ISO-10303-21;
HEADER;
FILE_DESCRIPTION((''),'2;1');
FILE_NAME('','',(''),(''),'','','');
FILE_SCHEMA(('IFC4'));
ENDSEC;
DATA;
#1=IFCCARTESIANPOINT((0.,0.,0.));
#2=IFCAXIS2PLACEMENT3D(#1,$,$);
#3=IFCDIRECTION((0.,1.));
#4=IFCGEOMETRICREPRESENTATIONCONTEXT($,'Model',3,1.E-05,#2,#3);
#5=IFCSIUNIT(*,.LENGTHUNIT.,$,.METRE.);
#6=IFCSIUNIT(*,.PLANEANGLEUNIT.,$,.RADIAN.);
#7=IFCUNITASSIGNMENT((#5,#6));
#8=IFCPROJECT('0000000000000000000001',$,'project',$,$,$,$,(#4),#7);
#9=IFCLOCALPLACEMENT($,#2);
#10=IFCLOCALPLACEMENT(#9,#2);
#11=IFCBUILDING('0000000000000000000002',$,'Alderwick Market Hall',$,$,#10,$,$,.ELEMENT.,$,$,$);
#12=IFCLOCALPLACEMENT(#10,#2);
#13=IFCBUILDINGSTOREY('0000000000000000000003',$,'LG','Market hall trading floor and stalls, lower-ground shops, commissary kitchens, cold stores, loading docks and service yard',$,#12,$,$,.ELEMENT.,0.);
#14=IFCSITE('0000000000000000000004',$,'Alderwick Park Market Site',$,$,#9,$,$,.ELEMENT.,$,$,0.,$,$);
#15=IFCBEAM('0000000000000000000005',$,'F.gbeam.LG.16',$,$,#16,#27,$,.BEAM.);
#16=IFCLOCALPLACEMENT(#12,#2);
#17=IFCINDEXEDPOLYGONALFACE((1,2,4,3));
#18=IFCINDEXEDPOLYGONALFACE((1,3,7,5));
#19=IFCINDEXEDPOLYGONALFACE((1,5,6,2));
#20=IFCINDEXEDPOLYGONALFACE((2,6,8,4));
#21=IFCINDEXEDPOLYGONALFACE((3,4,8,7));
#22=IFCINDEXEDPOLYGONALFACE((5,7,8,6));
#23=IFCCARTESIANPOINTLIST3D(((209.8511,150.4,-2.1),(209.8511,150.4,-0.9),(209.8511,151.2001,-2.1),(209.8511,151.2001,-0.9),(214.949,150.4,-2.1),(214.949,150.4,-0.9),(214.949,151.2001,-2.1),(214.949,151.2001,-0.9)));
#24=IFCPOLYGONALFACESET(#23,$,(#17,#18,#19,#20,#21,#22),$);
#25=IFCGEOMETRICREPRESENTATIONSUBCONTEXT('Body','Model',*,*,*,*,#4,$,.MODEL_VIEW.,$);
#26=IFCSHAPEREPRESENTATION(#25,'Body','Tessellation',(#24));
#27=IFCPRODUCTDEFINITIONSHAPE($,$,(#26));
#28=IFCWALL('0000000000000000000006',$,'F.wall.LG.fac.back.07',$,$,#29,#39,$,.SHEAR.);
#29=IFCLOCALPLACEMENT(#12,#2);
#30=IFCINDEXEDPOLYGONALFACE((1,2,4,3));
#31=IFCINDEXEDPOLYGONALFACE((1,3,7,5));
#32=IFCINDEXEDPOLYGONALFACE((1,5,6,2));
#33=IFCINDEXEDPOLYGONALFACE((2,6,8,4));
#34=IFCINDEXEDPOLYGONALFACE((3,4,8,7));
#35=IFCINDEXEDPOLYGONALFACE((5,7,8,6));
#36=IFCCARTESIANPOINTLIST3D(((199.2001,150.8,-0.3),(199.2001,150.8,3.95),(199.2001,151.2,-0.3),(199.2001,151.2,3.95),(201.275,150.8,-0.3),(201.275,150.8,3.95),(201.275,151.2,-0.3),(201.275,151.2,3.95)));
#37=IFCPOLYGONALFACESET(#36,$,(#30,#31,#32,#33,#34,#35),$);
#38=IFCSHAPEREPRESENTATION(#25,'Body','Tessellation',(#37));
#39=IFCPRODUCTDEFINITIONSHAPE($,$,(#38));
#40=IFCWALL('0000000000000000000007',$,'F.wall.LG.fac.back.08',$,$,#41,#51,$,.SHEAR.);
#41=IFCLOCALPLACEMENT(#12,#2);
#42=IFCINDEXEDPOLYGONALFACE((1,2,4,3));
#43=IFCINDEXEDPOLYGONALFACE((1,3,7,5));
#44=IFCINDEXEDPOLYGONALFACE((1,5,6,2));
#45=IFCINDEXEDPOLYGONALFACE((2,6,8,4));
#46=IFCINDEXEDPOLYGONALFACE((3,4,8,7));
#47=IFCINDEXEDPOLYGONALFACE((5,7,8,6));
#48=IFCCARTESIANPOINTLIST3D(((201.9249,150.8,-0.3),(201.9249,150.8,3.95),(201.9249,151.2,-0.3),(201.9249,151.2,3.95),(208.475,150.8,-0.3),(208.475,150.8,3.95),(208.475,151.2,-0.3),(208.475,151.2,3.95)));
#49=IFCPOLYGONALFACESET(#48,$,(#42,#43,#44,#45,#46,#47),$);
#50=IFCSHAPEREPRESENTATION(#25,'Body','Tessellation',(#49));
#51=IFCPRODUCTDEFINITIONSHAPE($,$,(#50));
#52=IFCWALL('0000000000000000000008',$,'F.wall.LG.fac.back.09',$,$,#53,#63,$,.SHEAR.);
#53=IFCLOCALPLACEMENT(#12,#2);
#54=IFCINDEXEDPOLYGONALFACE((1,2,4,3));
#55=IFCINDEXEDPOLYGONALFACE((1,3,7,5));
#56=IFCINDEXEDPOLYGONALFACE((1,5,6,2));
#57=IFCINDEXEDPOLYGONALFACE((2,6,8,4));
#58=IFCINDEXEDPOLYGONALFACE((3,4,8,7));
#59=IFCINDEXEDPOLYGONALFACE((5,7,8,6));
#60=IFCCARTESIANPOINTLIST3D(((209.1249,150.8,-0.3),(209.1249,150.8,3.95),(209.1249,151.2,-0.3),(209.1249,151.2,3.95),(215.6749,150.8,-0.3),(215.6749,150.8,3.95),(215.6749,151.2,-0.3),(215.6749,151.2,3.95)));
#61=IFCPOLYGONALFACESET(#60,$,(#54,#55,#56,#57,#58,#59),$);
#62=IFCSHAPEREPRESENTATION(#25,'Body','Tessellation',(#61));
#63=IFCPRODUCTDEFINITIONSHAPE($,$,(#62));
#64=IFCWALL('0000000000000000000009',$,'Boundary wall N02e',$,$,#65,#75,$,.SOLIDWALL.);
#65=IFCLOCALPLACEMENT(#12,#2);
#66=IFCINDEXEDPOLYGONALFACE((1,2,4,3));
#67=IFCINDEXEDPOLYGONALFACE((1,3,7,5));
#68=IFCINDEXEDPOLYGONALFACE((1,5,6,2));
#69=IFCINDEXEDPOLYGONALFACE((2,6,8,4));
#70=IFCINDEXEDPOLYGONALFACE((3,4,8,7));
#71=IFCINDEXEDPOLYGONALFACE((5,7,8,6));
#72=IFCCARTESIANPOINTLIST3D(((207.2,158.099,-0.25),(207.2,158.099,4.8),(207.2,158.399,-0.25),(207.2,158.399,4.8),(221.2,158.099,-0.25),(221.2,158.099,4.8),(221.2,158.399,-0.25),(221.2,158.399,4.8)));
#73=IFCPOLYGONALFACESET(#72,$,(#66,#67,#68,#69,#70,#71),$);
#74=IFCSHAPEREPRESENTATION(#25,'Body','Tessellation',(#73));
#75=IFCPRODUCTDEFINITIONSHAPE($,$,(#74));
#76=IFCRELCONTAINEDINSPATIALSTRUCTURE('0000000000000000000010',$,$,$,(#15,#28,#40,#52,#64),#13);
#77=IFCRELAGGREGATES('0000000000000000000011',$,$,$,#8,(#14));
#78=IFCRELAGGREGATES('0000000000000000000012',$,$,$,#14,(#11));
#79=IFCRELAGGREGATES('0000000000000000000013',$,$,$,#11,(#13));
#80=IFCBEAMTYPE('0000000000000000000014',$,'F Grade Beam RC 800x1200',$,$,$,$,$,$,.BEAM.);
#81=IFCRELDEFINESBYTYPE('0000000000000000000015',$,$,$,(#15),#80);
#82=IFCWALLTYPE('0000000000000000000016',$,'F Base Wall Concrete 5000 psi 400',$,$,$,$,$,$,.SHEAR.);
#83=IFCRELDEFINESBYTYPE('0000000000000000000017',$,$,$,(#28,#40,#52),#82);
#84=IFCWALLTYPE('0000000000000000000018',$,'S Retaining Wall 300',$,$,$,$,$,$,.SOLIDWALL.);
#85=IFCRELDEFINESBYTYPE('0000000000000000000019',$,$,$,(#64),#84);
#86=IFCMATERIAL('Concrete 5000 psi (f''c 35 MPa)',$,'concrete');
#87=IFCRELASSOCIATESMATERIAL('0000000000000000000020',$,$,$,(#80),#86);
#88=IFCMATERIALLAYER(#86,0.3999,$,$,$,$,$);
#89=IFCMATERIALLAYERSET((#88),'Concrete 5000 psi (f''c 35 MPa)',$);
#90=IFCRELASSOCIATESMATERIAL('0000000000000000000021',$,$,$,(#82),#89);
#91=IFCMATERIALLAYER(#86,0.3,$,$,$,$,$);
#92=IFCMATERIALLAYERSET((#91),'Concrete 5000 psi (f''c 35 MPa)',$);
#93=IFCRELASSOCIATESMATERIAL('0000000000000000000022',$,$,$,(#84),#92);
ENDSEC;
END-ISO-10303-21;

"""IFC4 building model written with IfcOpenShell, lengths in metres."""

from ifc_helpers import new_model, si_unit, direction, frame, frame_2d, origin, origin_2d, place, context, subcontext, project, spatial, rectangle, extrude, material, layer, layer_set, material_profile, profile_set, type_object, element, save


model = new_model("IFC4")

# Units and contexts
model_context = context("Model", 3, precision=1e-05, world=origin(), true_north=direction((0.0, 1.0)))
body_context = subcontext(model_context, "Body", "Model", "MODEL_VIEW")
ifc_project = project(units=[si_unit("LENGTHUNIT", "METRE"), si_unit("PLANEANGLEUNIT", "RADIAN")], contexts=[model_context])

# Site, building, storey
site_placement = place(None, origin())
site = spatial("IfcSite", under=ifc_project, at=site_placement, Name="Alderwick Park Market Site", CompositionType="ELEMENT", RefElevation=0.0)
building_placement = place(site_placement, origin())
building = spatial("IfcBuilding", under=site, at=building_placement, Name="Alderwick Market Hall", CompositionType="ELEMENT")
storey_placement = place(building_placement, origin())
storey = spatial("IfcBuildingStorey", under=building, at=storey_placement, Name="LG", Description="Market hall trading floor and stalls, lower-ground shops, commissary kitchens, cold stores, loading docks and service yard", CompositionType="ELEMENT", Elevation=0.0)

# Shared definitions
ifc_material_1 = material(Name="Concrete 5000 psi (f'c 35 MPa)", Category="concrete")

# Beam
ifc_material_profile_1 = material_profile(ifc_material_1, rectangle(XDim=0.8, YDim=1.2, at=origin_2d()), Name="RC 800x1200")
ifc_profile_set_1 = profile_set([ifc_material_profile_1], Name="Concrete 5000 psi (f'c 35 MPa)")
beam_type_1 = type_object("IfcBeamType", Name="F Grade Beam RC 800x1200", PredefinedType="BEAM", material=ifc_profile_set_1)
beam_1_placement = place(storey_placement, frame((209.8511, 150.8, -1.5), z_axis=(1.0, 0.0, 0.0), x_axis=(0.0, 1.0, 0.0)))
element("IfcBeam", 1, at=beam_1_placement, inside=storey, type_object=beam_type_1, Name="F.gbeam.LG.16", PredefinedType="BEAM", context=body_context, shape_type="SweptSolid", body=[
    extrude(rectangle(XDim=0.8, YDim=1.2, at=origin_2d()), origin(), (0.0, 0.0, 1.0), 5.0979),
])

# Walls
ifc_layer_1 = layer(ifc_material_1, 0.3999)
ifc_layer_set_1 = layer_set([ifc_layer_1], Name="Concrete 5000 psi (f'c 35 MPa)")
wall_type_1 = type_object("IfcWallType", Name="F Base Wall Concrete 5000 psi 400", PredefinedType="SHEAR", material=ifc_layer_set_1)
wall_1_placement = place(storey_placement, frame((199.2, 151.0, -0.3), z_axis=(0.0, 0.0, 1.0), x_axis=(1.0, 0.0, 0.0)))
element("IfcWall", 2, at=wall_1_placement, inside=storey, type_object=wall_type_1, Name="F.wall.LG.fac.back.07", PredefinedType="SHEAR", context=body_context, shape_type="SweptSolid", body=[
    extrude(rectangle(XDim=2.075, YDim=0.3999, at=frame_2d((1.0376, 0.0))), origin(), (0.0, 0.0, 1.0), 4.25),
])
for number, where, z_axis, x_axis, name in (
    (3, (201.925, 151.0, -0.3), (0.0, 0.0, 1.0), (1.0, 0.0, 0.0), "F.wall.LG.fac.back.08"),
    (4, (209.125, 151.0, -0.3), (0.0, 0.0, 1.0), (1.0, 0.0, 0.0), "F.wall.LG.fac.back.09"),
):
    element("IfcWall", number, at=place(storey_placement, frame(where, z_axis=z_axis, x_axis=x_axis)), inside=storey, type_object=wall_type_1, Name=name, PredefinedType="SHEAR", context=body_context, shape_type="SweptSolid", body=[
        extrude(rectangle(XDim=6.55, YDim=0.3999, at=frame_2d((3.2749, 0.0))), origin(), (0.0, 0.0, 1.0), 4.25),
    ])
ifc_layer_2 = layer(ifc_material_1, 0.3)
ifc_layer_set_2 = layer_set([ifc_layer_2], Name="Concrete 5000 psi (f'c 35 MPa)")
wall_type_2 = type_object("IfcWallType", Name="S Retaining Wall 300", PredefinedType="SOLIDWALL", material=ifc_layer_set_2)
wall_2_placement = place(storey_placement, frame((207.2, 158.249, -0.25), z_axis=(0.0, 0.0, 1.0), x_axis=(1.0, 0.0, 0.0)))
element("IfcWall", 5, at=wall_2_placement, inside=storey, type_object=wall_type_2, Name="Boundary wall N02e", PredefinedType="SOLIDWALL", context=body_context, shape_type="SweptSolid", body=[
    extrude(rectangle(XDim=14.0, YDim=0.3, at=frame_2d((7.0, 0.0))), origin(), (0.0, 0.0, 1.0), 5.05),
])

save(model, "model.ifc")
